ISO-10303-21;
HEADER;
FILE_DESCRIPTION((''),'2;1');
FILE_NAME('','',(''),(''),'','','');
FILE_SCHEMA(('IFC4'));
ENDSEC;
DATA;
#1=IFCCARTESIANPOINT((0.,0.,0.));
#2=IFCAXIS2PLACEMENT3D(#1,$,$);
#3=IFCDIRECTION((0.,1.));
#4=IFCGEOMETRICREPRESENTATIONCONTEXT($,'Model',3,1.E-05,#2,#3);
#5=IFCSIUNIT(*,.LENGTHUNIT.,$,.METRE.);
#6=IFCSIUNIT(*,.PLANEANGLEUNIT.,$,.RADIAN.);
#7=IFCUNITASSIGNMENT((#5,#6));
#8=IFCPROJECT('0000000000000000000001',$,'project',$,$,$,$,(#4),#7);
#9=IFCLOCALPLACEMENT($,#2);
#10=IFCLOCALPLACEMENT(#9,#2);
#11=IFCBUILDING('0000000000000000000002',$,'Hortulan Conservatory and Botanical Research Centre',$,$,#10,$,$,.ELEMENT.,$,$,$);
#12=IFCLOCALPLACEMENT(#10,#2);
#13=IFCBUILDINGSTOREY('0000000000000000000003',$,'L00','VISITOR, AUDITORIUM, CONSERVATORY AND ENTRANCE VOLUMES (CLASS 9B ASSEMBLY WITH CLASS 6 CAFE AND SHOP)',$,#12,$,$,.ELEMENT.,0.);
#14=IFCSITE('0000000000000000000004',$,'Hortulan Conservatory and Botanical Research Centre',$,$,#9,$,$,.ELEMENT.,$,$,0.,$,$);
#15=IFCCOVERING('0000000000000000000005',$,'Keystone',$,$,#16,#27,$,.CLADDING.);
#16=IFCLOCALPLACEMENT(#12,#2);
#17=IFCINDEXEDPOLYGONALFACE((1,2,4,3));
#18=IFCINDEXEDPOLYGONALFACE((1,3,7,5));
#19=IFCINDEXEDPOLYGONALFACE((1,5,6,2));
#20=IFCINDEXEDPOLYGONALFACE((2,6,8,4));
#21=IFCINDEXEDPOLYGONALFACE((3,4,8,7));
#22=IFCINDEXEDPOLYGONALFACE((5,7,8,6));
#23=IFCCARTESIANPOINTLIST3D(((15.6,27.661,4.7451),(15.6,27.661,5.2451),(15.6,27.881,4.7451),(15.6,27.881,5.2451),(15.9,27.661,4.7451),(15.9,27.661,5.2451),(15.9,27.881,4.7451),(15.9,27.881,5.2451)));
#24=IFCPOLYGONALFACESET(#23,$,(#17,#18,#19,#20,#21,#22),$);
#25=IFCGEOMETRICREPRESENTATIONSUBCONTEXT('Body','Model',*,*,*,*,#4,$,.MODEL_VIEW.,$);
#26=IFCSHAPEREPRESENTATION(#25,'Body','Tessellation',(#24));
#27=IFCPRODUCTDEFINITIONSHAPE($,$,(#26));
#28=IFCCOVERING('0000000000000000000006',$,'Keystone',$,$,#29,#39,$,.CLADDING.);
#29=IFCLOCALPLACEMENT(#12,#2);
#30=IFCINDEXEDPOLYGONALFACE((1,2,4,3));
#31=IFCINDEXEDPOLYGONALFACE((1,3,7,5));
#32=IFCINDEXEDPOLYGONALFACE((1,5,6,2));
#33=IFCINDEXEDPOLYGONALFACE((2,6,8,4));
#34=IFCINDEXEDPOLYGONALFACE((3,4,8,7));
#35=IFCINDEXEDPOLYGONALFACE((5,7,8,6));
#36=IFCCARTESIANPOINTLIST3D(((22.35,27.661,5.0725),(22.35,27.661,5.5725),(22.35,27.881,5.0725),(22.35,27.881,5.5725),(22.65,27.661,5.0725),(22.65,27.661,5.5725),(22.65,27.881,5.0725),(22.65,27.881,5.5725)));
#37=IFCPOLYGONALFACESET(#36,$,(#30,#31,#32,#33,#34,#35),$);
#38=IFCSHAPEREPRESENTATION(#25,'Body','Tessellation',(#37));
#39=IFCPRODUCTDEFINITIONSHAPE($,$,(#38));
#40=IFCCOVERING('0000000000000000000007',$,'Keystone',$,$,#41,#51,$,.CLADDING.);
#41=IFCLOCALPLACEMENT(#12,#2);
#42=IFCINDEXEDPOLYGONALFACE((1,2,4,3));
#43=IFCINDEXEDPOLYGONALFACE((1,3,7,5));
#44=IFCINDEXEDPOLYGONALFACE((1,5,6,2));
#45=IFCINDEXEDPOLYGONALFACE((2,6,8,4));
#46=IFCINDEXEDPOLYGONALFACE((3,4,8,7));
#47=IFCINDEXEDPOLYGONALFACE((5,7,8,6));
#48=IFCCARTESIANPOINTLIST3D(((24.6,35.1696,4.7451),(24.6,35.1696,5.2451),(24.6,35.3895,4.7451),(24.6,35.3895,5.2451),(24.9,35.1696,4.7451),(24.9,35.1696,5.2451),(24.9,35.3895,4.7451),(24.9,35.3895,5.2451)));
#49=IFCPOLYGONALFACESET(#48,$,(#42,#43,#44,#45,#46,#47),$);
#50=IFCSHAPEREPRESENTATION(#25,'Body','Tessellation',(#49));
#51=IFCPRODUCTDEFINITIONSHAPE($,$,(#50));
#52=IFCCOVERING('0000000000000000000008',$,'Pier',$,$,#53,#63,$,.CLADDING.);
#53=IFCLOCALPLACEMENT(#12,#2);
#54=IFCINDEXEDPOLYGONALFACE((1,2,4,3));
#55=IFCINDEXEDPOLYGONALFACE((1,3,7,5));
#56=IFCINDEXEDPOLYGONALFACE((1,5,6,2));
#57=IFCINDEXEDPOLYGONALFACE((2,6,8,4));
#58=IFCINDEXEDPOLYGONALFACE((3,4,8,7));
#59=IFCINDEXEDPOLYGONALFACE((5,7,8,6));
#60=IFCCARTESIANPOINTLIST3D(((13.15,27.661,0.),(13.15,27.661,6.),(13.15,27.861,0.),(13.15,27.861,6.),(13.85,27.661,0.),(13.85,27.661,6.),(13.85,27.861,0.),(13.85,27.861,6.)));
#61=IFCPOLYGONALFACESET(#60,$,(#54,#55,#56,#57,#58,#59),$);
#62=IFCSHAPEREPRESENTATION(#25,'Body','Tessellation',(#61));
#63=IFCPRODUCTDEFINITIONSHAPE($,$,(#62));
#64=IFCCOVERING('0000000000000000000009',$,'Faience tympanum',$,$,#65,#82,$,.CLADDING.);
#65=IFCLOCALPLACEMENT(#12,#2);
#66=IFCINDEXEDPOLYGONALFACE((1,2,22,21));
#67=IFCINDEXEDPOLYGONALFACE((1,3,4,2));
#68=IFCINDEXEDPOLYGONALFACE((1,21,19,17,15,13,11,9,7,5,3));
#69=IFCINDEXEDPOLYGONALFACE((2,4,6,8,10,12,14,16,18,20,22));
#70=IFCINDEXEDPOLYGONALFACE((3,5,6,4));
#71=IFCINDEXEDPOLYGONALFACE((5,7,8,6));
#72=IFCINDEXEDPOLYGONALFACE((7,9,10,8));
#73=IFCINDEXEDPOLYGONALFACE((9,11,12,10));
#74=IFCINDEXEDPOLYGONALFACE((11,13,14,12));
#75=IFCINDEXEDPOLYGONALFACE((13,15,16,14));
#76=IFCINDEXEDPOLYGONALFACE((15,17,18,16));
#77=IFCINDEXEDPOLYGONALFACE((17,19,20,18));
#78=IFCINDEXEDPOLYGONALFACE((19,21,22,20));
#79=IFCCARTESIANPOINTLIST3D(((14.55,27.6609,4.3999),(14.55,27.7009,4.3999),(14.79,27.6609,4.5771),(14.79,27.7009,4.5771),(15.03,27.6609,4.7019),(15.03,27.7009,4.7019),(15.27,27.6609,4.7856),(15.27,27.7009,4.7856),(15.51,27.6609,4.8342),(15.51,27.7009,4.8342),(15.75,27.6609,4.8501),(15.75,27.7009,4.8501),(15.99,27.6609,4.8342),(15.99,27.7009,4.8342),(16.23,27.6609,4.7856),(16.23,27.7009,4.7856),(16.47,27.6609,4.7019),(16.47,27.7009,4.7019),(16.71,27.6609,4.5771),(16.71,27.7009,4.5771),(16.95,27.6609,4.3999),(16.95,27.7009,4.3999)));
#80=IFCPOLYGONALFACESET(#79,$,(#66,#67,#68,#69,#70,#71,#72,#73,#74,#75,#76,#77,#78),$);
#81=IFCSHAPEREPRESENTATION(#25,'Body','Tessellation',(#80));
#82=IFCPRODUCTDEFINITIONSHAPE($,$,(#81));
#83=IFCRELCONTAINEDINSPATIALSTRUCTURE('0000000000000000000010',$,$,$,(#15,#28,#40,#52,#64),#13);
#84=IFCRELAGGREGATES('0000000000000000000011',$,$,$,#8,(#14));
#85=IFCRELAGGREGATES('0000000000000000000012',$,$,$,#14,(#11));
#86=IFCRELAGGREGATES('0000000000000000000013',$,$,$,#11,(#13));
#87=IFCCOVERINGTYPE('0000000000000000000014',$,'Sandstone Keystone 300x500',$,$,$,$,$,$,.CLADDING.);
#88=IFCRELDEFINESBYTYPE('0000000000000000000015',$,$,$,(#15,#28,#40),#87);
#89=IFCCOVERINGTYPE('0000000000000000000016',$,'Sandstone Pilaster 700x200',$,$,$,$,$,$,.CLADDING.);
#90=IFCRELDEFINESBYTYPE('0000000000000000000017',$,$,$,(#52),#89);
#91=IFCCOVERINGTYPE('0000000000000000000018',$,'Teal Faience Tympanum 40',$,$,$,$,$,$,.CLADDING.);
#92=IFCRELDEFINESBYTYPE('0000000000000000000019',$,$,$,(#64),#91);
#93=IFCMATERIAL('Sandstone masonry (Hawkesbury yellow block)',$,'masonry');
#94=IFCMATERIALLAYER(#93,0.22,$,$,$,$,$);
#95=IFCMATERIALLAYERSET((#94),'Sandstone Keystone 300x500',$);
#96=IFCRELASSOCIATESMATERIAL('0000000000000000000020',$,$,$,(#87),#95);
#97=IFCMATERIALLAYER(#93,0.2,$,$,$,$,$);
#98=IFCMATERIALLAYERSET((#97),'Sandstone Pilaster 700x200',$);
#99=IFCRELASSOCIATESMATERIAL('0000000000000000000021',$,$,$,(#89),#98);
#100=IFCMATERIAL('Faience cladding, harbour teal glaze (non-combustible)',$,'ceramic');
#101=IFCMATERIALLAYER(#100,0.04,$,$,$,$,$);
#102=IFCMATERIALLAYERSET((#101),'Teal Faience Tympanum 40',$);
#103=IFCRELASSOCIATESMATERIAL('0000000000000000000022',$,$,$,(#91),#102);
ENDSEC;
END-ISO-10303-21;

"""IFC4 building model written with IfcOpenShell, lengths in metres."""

from ifc_helpers import new_model, si_unit, direction, frame, origin, origin_2d, place, context, subcontext, project, spatial, polyline, rectangle, outline, extrude, material, layer, layer_set, type_object, element, save


model = new_model("IFC4")

# Units and contexts
model_context = context("Model", 3, precision=1e-05, world=origin(), true_north=direction((0.0, 1.0)))
body_context = subcontext(model_context, "Body", "Model", "MODEL_VIEW")
ifc_project = project(units=[si_unit("LENGTHUNIT", "METRE"), si_unit("PLANEANGLEUNIT", "RADIAN")], contexts=[model_context])

# Site, building, storey
site_placement = place(None, origin())
site = spatial("IfcSite", under=ifc_project, at=site_placement, Name="Hortulan Conservatory and Botanical Research Centre", CompositionType="ELEMENT", RefElevation=0.0)
building_placement = place(site_placement, origin())
building = spatial("IfcBuilding", under=site, at=building_placement, Name="Hortulan Conservatory and Botanical Research Centre", CompositionType="ELEMENT")
storey_placement = place(building_placement, origin())
storey = spatial("IfcBuildingStorey", under=building, at=storey_placement, Name="L00", Description="VISITOR, AUDITORIUM, CONSERVATORY AND ENTRANCE VOLUMES (CLASS 9B ASSEMBLY WITH CLASS 6 CAFE AND SHOP)", CompositionType="ELEMENT", Elevation=0.0)

# Coverings
ifc_material_1 = material(Name="Sandstone masonry (Hawkesbury yellow block)", Category="masonry")
ifc_layer_1 = layer(ifc_material_1, 0.22)
ifc_layer_set_1 = layer_set([ifc_layer_1], Name="Sandstone Keystone 300x500")
covering_type_1 = type_object("IfcCoveringType", Name="Sandstone Keystone 300x500", PredefinedType="CLADDING", material=ifc_layer_set_1)
for number, where, z_axis, x_axis, name in (
    (1, (15.75, 27.771, 4.7451), (0.0, 0.0, 1.0), (1.0, 0.0, 0.0), "Keystone"),
    (2, (22.5, 27.771, 5.0725), (0.0, 0.0, 1.0), (1.0, 0.0, 0.0), "Keystone"),
    (3, (24.75, 35.2795, 4.7451), (0.0, 0.0, 1.0), (-1.0, 0.0, 0.0), "Keystone"),
):
    element("IfcCovering", number, at=place(storey_placement, frame(where, z_axis=z_axis, x_axis=x_axis)), inside=storey, type_object=covering_type_1, Name=name, PredefinedType="CLADDING", context=body_context, shape_type="SweptSolid", body=[
        extrude(rectangle(XDim=0.3, YDim=0.22, at=origin_2d()), origin(), (0.0, 0.0, 1.0), 0.5),
    ])
ifc_layer_2 = layer(ifc_material_1, 0.2)
ifc_layer_set_2 = layer_set([ifc_layer_2], Name="Sandstone Pilaster 700x200")
covering_type_2 = type_object("IfcCoveringType", Name="Sandstone Pilaster 700x200", PredefinedType="CLADDING", material=ifc_layer_set_2)
covering_1_placement = place(storey_placement, frame((13.5, 27.761, 0.0), z_axis=(0.0, 0.0, 1.0), x_axis=(1.0, 0.0, 0.0)))
element("IfcCovering", 4, at=covering_1_placement, inside=storey, type_object=covering_type_2, Name="Pier", PredefinedType="CLADDING", context=body_context, shape_type="SweptSolid", body=[
    extrude(rectangle(XDim=0.7, YDim=0.2, at=origin_2d()), origin(), (0.0, 0.0, 1.0), 6.0),
])
ifc_material_2 = material(Name="Faience cladding, harbour teal glaze (non-combustible)", Category="ceramic")
ifc_layer_3 = layer(ifc_material_2, 0.04)
ifc_layer_set_3 = layer_set([ifc_layer_3], Name="Teal Faience Tympanum 40")
covering_type_3 = type_object("IfcCoveringType", Name="Teal Faience Tympanum 40", PredefinedType="CLADDING", material=ifc_layer_set_3)
covering_2_placement = place(storey_placement, frame((14.55, 27.6809, 4.3999), z_axis=(0.0, 0.0, 1.0), x_axis=(1.0, 0.0, 0.0)))
element("IfcCovering", 5, at=covering_2_placement, inside=storey, type_object=covering_type_3, Name="Faience tympanum", PredefinedType="CLADDING", context=body_context, shape_type="SweptSolid", body=[
    extrude(outline(polyline([(0.0, 0.0), (0.24, 0.1772), (0.48, 0.302), (0.72, 0.3857), (0.96, 0.4343), (1.2, 0.4502), (1.4399, 0.4343), (1.6799, 0.3857), (1.9199, 0.302), (2.1599, 0.1772), (2.3999, 0.0), (2.3999, 0.0), (0.0, 0.0), (0.0, 0.0)])), frame((0.0, 0.02, 0.0), z_axis=(0.0, -1.0, 0.0), x_axis=(1.0, 0.0, 0.0)), (0.0, 0.0, 1.0), 0.04),
])

save(model, "model.ifc")
